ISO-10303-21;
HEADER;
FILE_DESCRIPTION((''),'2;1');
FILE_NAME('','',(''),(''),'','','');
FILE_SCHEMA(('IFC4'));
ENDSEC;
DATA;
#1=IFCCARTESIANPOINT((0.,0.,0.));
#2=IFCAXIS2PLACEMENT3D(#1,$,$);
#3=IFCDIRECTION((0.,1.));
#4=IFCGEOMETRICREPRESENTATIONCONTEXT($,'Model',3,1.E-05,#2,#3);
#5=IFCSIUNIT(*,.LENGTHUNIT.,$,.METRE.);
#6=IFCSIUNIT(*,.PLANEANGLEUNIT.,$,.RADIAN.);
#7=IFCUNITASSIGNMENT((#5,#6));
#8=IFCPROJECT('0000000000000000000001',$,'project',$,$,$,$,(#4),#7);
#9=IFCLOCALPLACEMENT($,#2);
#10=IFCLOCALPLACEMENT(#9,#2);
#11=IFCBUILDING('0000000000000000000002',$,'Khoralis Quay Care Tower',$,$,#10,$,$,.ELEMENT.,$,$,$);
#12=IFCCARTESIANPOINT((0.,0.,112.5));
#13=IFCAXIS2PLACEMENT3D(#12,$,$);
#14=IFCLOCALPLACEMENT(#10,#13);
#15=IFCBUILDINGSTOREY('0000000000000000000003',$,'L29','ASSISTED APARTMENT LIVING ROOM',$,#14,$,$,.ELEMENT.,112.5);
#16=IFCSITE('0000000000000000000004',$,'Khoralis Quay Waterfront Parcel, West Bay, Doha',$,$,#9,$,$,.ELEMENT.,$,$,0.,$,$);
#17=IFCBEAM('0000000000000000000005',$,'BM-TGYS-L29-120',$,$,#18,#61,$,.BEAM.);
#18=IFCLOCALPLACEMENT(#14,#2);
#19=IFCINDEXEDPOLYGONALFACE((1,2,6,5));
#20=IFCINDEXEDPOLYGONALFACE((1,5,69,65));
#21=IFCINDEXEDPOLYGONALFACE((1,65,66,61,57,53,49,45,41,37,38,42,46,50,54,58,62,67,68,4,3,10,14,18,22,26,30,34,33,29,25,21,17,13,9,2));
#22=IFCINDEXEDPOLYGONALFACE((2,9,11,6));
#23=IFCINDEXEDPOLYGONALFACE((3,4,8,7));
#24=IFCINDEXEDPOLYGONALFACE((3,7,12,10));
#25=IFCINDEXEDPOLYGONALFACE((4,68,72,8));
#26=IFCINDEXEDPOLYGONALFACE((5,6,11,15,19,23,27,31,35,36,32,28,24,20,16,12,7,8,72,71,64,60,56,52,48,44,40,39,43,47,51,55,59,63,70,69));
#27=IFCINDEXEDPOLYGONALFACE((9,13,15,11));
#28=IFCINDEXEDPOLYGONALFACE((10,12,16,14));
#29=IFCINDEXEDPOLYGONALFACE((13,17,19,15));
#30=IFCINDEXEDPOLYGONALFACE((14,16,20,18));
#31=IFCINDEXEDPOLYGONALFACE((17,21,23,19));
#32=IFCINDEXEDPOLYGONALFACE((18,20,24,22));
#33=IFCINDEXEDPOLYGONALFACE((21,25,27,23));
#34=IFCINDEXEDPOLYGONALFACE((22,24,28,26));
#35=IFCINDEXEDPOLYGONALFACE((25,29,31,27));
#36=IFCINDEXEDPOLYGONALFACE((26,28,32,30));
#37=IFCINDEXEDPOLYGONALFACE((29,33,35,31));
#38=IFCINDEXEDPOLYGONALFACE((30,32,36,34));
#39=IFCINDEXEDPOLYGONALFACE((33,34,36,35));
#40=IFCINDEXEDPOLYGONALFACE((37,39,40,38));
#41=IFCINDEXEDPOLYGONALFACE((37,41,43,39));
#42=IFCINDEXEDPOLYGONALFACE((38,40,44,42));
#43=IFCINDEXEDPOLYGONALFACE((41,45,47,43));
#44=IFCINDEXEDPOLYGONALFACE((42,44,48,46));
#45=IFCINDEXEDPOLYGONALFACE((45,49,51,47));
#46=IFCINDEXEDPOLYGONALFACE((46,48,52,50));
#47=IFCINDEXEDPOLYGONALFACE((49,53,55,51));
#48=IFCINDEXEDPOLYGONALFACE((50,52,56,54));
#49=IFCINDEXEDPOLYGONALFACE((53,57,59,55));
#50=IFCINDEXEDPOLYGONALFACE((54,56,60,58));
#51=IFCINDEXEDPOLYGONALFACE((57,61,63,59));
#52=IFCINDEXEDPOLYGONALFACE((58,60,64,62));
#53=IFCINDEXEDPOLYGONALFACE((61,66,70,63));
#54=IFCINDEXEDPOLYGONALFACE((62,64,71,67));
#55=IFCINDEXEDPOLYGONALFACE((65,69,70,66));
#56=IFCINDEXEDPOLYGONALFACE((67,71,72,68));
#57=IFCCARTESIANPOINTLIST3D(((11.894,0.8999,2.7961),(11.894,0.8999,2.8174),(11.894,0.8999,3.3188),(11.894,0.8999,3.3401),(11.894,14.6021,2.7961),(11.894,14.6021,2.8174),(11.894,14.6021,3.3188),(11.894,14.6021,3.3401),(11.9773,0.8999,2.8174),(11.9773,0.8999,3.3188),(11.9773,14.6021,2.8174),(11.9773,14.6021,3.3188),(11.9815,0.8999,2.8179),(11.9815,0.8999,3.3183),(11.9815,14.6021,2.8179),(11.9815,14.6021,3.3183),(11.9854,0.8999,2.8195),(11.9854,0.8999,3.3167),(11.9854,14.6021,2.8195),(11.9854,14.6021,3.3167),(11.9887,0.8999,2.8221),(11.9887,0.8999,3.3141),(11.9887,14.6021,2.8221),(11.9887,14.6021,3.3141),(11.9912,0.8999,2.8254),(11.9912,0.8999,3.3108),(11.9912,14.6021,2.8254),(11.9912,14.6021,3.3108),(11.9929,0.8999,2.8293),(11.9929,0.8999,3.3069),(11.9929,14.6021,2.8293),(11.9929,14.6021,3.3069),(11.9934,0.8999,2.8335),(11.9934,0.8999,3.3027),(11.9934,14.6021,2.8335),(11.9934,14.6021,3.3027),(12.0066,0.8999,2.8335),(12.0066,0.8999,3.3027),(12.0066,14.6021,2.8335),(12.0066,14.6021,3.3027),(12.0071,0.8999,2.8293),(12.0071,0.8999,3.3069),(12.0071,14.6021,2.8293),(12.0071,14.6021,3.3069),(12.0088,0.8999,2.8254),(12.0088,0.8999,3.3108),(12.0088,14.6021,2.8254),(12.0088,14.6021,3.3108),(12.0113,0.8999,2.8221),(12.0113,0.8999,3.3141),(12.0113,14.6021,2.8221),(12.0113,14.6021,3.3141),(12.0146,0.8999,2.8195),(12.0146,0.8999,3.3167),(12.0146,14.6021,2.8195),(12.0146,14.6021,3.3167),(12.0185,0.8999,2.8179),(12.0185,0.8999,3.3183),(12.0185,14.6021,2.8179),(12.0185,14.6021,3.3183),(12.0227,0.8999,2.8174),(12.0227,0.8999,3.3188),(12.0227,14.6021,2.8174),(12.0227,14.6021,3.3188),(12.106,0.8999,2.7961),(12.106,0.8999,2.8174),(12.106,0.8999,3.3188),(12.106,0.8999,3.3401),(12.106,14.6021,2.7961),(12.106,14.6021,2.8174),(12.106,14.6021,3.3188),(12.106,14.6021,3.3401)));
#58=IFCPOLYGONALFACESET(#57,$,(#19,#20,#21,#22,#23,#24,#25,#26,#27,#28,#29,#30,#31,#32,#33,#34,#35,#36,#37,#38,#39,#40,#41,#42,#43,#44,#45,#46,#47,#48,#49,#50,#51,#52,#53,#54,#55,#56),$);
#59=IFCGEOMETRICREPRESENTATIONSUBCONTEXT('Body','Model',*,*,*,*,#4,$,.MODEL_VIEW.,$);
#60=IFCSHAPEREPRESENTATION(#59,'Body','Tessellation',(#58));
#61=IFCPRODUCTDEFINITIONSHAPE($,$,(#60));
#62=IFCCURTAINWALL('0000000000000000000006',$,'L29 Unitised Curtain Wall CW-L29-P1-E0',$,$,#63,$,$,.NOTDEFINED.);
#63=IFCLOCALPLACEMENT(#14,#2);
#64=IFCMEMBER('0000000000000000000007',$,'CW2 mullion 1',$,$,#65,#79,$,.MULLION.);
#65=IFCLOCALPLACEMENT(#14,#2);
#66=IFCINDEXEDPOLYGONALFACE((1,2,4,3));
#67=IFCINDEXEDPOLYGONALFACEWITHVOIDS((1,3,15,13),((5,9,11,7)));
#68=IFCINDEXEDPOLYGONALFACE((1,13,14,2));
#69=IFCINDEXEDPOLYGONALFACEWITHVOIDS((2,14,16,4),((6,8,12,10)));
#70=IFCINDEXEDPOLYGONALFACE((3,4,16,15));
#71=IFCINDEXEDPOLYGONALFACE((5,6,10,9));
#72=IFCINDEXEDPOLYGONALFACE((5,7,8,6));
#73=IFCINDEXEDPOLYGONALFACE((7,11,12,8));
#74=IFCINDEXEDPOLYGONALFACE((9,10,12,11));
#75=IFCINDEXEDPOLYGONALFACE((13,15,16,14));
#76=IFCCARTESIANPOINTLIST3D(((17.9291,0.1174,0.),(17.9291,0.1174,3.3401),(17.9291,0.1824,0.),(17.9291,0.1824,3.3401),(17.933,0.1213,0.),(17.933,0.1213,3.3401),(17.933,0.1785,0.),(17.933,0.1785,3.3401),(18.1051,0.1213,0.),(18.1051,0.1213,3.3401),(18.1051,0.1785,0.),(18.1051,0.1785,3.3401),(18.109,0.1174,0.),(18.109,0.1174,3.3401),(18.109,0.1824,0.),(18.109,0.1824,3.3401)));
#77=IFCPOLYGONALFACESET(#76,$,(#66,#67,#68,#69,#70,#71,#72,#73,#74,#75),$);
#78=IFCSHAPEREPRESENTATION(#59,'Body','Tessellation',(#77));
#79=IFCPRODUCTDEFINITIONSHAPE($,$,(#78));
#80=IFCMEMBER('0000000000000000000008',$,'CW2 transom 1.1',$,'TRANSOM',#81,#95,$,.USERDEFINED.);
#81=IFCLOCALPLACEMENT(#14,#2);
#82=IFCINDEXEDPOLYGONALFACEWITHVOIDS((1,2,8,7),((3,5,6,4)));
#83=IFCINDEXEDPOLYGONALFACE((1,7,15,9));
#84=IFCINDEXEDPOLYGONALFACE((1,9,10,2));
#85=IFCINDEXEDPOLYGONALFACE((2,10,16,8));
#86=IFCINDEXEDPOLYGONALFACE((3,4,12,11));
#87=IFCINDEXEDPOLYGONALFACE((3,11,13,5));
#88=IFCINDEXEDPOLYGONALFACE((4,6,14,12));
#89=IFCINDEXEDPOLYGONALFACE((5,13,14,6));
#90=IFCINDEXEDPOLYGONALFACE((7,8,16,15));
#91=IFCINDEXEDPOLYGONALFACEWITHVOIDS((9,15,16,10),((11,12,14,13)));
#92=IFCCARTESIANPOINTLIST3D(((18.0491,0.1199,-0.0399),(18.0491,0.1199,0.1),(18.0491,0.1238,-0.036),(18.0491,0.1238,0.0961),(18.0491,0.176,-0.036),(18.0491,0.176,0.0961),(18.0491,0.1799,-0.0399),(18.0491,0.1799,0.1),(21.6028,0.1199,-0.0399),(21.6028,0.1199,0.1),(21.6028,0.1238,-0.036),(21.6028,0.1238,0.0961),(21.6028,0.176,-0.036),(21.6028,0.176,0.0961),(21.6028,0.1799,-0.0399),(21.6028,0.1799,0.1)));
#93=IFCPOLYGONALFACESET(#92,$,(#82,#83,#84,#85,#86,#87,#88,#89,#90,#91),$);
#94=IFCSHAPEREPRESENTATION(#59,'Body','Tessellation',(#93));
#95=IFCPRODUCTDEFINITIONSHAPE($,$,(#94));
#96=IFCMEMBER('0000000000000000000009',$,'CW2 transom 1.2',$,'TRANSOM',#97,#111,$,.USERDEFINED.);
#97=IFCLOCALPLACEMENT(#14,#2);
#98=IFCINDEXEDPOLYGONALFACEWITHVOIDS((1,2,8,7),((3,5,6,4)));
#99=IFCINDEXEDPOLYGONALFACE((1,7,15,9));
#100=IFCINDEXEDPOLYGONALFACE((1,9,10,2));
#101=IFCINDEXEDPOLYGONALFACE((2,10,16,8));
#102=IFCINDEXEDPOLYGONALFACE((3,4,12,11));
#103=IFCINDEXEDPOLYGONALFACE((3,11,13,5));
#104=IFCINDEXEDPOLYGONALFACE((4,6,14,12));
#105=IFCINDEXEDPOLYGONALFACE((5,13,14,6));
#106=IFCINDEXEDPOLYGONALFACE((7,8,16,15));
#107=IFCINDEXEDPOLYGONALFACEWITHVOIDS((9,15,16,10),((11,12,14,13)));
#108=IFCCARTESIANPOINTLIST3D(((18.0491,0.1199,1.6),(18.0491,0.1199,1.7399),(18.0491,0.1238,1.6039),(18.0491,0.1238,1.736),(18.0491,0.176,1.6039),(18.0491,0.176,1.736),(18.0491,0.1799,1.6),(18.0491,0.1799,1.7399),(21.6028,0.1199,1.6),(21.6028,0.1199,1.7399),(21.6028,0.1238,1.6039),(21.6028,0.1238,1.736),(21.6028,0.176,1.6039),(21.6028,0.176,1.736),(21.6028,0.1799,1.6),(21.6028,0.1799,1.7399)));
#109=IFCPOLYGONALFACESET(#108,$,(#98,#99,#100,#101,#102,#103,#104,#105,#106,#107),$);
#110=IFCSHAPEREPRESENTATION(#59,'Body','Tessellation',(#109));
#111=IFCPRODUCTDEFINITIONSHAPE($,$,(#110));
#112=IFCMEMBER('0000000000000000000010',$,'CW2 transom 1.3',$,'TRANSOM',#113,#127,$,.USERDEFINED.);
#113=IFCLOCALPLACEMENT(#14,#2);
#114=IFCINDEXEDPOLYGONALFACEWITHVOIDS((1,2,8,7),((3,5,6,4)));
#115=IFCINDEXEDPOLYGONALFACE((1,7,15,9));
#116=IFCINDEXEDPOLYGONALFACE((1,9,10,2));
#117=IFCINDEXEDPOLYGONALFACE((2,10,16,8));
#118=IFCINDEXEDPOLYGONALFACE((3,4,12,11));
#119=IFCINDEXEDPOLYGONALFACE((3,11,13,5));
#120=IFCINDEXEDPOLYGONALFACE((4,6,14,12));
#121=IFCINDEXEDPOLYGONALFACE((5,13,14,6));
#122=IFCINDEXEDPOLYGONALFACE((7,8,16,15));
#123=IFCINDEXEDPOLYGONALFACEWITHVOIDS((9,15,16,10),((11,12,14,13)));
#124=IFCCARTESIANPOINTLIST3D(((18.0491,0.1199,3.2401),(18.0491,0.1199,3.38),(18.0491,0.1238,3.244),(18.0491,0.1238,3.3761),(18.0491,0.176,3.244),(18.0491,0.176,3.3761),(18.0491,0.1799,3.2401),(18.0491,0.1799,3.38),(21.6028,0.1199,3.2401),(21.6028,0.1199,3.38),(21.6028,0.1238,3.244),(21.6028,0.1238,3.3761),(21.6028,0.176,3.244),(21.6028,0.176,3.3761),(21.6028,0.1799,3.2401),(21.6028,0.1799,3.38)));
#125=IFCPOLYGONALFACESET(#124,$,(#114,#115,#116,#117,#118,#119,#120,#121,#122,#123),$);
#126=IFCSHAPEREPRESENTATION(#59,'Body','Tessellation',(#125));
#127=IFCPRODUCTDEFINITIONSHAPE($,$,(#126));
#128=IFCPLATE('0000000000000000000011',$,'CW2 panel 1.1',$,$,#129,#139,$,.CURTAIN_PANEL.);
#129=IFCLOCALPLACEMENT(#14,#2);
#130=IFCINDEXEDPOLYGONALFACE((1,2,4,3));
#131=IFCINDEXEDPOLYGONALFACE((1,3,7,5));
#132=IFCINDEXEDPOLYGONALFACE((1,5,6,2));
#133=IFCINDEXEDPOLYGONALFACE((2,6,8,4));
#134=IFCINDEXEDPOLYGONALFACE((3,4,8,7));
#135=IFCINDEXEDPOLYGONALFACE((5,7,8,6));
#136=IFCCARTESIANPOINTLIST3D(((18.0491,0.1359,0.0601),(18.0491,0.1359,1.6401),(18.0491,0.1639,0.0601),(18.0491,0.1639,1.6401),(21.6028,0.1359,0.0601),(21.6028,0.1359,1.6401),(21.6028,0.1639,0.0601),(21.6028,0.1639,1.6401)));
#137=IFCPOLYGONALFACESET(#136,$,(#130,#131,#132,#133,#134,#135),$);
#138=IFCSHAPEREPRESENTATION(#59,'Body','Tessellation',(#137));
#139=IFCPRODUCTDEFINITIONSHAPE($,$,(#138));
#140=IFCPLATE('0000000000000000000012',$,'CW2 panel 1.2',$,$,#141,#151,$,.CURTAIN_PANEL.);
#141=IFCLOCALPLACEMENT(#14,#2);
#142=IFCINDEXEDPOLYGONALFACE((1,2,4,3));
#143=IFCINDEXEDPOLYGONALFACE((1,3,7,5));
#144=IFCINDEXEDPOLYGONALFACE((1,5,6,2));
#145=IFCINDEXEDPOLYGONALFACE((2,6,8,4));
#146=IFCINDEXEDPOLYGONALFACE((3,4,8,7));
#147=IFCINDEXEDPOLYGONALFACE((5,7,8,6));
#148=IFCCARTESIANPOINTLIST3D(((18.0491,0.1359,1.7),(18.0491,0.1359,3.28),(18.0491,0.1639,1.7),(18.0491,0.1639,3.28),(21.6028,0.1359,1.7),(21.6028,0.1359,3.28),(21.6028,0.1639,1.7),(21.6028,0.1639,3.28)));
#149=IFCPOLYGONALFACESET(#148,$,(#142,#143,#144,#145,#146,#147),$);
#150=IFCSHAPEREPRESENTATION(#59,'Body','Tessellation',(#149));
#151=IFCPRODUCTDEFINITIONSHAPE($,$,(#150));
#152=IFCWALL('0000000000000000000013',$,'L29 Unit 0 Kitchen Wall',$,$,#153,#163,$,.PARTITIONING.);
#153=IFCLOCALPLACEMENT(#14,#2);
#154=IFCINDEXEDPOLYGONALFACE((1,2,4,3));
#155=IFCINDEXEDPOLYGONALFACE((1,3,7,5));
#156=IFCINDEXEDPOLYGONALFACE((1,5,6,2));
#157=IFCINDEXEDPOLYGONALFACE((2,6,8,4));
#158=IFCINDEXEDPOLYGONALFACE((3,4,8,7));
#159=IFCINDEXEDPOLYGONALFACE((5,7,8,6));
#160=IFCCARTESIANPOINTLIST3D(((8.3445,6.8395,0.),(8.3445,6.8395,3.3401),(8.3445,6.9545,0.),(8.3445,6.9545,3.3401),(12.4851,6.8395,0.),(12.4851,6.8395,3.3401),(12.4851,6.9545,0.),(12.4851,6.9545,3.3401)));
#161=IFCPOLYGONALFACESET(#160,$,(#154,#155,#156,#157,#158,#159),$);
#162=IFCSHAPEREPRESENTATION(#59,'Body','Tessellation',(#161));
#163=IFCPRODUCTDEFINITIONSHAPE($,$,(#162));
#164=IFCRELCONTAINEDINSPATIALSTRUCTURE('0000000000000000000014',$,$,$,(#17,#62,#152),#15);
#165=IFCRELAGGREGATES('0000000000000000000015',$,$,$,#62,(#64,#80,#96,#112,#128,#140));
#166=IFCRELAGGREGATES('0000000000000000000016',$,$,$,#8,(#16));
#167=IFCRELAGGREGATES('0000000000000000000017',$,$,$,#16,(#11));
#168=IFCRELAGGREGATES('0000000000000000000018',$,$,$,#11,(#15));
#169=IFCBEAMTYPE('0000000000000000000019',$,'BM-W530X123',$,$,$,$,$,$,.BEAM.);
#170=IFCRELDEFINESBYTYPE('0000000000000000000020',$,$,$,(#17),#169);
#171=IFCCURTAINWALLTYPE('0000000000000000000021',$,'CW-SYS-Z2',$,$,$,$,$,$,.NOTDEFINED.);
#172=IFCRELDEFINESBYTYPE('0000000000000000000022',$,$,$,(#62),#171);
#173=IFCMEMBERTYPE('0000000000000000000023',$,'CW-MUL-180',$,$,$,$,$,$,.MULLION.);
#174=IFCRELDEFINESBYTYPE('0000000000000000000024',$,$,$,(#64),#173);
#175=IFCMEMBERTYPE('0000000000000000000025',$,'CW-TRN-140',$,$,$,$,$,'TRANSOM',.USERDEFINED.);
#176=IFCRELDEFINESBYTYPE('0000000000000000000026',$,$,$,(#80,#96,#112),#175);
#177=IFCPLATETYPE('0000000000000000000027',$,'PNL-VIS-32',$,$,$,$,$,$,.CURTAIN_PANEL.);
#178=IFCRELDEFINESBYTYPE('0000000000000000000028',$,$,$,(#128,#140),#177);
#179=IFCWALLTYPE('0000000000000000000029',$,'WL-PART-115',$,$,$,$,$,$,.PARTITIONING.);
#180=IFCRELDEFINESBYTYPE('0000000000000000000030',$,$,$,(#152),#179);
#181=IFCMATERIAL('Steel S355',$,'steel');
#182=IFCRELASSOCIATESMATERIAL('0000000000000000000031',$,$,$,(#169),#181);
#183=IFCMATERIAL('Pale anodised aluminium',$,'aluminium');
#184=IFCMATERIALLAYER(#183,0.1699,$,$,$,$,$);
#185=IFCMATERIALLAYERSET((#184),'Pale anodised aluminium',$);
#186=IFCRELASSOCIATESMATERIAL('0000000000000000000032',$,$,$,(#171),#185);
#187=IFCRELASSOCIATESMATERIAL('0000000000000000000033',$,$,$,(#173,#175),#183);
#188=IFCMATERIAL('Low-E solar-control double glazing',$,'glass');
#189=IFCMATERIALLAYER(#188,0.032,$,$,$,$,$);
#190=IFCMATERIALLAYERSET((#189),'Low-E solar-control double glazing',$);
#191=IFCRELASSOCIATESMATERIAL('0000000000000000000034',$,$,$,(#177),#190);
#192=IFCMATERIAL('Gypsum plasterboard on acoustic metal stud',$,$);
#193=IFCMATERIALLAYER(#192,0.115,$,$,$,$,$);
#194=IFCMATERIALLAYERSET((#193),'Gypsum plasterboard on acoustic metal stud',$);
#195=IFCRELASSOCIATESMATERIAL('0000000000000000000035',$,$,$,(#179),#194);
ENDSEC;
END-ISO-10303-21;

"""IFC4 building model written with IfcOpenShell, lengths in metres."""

from ifc_helpers import new_model, si_unit, direction, frame, frame_2d, origin, origin_2d, place, context, subcontext, project, spatial, rectangle, hollow_rectangle, i_section, extrude, source, transform, mapped, material, layer, layer_set, material_profile, profile_set, type_object, element, aggregate, save


model = new_model("IFC4")

# Units and contexts
model_context = context("Model", 3, precision=1e-05, world=origin(), true_north=direction((0.0, 1.0)))
body_context = subcontext(model_context, "Body", "Model", "MODEL_VIEW")
ifc_project = project(units=[si_unit("LENGTHUNIT", "METRE"), si_unit("PLANEANGLEUNIT", "RADIAN")], contexts=[model_context])

# Site, building, storey
site_placement = place(None, origin())
site = spatial("IfcSite", under=ifc_project, at=site_placement, Name="Khoralis Quay Waterfront Parcel, West Bay, Doha", CompositionType="ELEMENT", RefElevation=0.0)
building_placement = place(site_placement, origin())
building = spatial("IfcBuilding", under=site, at=building_placement, Name="Khoralis Quay Care Tower", CompositionType="ELEMENT")
storey_placement = place(building_placement, frame((0.0, 0.0, 112.5)))
storey = spatial("IfcBuildingStorey", under=building, at=storey_placement, Name="L29", Description="ASSISTED APARTMENT LIVING ROOM", CompositionType="ELEMENT", Elevation=112.5)

# Beam
ifc_material_1 = material(Name="Steel S355", Category="steel")
ifc_material_profile_1 = material_profile(ifc_material_1, i_section(OverallWidth=0.2119, OverallDepth=0.5439, WebThickness=0.0132, FlangeThickness=0.0212, FilletRadius=0.0161, at=origin_2d()), Name="Steel S355")
ifc_profile_set_1 = profile_set([ifc_material_profile_1], Name="Steel S355")
beam_type_1 = type_object("IfcBeamType", Name="BM-W530X123", PredefinedType="BEAM", material=ifc_profile_set_1)
shared_shape_1 = source(origin(), body_context, "Body", "SweptSolid", [
    extrude(i_section(OverallWidth=0.2119, OverallDepth=0.5439, WebThickness=0.0132, FlangeThickness=0.0212, FilletRadius=0.0161, at=origin_2d()), origin(), (0.0, 0.0, 1.0), 13.7021),
])
beam_1_placement = place(storey_placement, frame((12.0, 0.8999, 3.0681), z_axis=(0.0, 1.0, 0.0), x_axis=(-1.0, 0.0, 0.0)))
element("IfcBeam", 1, at=beam_1_placement, inside=storey, type_object=beam_type_1, Name="BM-TGYS-L29-120", PredefinedType="BEAM", context=body_context, shape_type="MappedRepresentation", body=[
    mapped(shared_shape_1, transform((0.0, 0.0, 0.0), scale=1.0)),
])

# Curtain wall, members, plates
ifc_material_2 = material(Name="Pale anodised aluminium", Category="aluminium")
ifc_layer_1 = layer(ifc_material_2, 0.1699)
ifc_layer_set_1 = layer_set([ifc_layer_1], Name="Pale anodised aluminium")
curtain_wall_type = type_object("IfcCurtainWallType", Name="CW-SYS-Z2", PredefinedType="NOTDEFINED", material=ifc_layer_set_1)
curtain_wall_placement = place(storey_placement, origin())
curtain_wall = element("IfcCurtainWall", 2, at=curtain_wall_placement, inside=storey, type_object=curtain_wall_type, Name="L29 Unitised Curtain Wall CW-L29-P1-E0", PredefinedType="NOTDEFINED")
ifc_material_profile_2 = material_profile(ifc_material_2, hollow_rectangle(XDim=0.0649, YDim=0.1799, WallThickness=0.0039, at=origin_2d()), Name="Pale anodised aluminium")
ifc_profile_set_2 = profile_set([ifc_material_profile_2], Name="Pale anodised aluminium")
member_type_1 = type_object("IfcMemberType", Name="CW-MUL-180", PredefinedType="MULLION", material=ifc_profile_set_2)
shared_shape_2 = source(origin(), body_context, "Body", "SweptSolid", [
    extrude(hollow_rectangle(XDim=0.0649, YDim=0.1799, WallThickness=0.0039, at=origin_2d()), origin(), (0.0, 0.0, 1.0), 3.3401),
])
member_1_placement = place(storey_placement, frame((18.019, 0.1499, 0.0), z_axis=(0.0, 0.0, 1.0), x_axis=(0.0, 1.0, 0.0)))
member_1 = element("IfcMember", 3, at=member_1_placement, type_object=member_type_1, Name="CW2 mullion 1", PredefinedType="MULLION", context=body_context, shape_type="MappedRepresentation", body=[
    mapped(shared_shape_2, transform((0.0, 0.0, 0.0), scale=1.0)),
])
ifc_material_profile_3 = material_profile(ifc_material_2, hollow_rectangle(XDim=0.0601, YDim=0.1399, WallThickness=0.0039, at=origin_2d()), Name="Pale anodised aluminium")
ifc_profile_set_3 = profile_set([ifc_material_profile_3], Name="Pale anodised aluminium")
member_type_2 = type_object("IfcMemberType", Name="CW-TRN-140", ElementType="TRANSOM", PredefinedType="USERDEFINED", material=ifc_profile_set_3)
shared_shape_3 = source(origin(), body_context, "Body", "SweptSolid", [
    extrude(hollow_rectangle(XDim=0.0601, YDim=0.1399, WallThickness=0.0039, at=origin_2d()), origin(), (0.0, 0.0, 1.0), 3.5537),
])
member_2_placement = place(storey_placement, frame((18.0491, 0.1499, 0.03), z_axis=(1.0, 0.0, 0.0), x_axis=(0.0, 1.0, 0.0)))
member_2 = element("IfcMember", 4, at=member_2_placement, type_object=member_type_2, Name="CW2 transom 1.1", ObjectType="TRANSOM", PredefinedType="USERDEFINED", context=body_context, shape_type="MappedRepresentation", body=[
    mapped(shared_shape_3, transform((0.0, 0.0, 0.0), scale=1.0)),
])
member_3_placement = place(storey_placement, frame((18.0491, 0.1499, 1.6699), z_axis=(1.0, 0.0, 0.0), x_axis=(0.0, 1.0, 0.0)))
member_3 = element("IfcMember", 5, at=member_3_placement, type_object=member_type_2, Name="CW2 transom 1.2", ObjectType="TRANSOM", PredefinedType="USERDEFINED", context=body_context, shape_type="MappedRepresentation", body=[
    mapped(shared_shape_3, transform((0.0, 0.0, 0.0), scale=1.0)),
])
member_4_placement = place(storey_placement, frame((18.0491, 0.1499, 3.3101), z_axis=(1.0, 0.0, 0.0), x_axis=(0.0, 1.0, 0.0)))
member_4 = element("IfcMember", 6, at=member_4_placement, type_object=member_type_2, Name="CW2 transom 1.3", ObjectType="TRANSOM", PredefinedType="USERDEFINED", context=body_context, shape_type="MappedRepresentation", body=[
    mapped(shared_shape_3, transform((0.0, 0.0, 0.0), scale=1.0)),
])
ifc_material_3 = material(Name="Low-E solar-control double glazing", Category="glass")
ifc_layer_2 = layer(ifc_material_3, 0.032)
ifc_layer_set_2 = layer_set([ifc_layer_2], Name="Low-E solar-control double glazing")
plate_type = type_object("IfcPlateType", Name="PNL-VIS-32", PredefinedType="CURTAIN_PANEL", material=ifc_layer_set_2)
shared_shape_4 = source(origin(), body_context, "Body", "SweptSolid", [
    extrude(rectangle(XDim=3.5537, YDim=0.0281, at=origin_2d()), origin(), (0.0, 0.0, 1.0), 1.5801),
])
plate_1_placement = place(storey_placement, frame((19.8259, 0.1499, 0.0601), z_axis=(0.0, 0.0, 1.0), x_axis=(1.0, 0.0, 0.0)))
plate_1 = element("IfcPlate", 7, at=plate_1_placement, type_object=plate_type, Name="CW2 panel 1.1", PredefinedType="CURTAIN_PANEL", context=body_context, shape_type="MappedRepresentation", body=[
    mapped(shared_shape_4, transform((0.0, 0.0, 0.0), scale=1.0)),
])
plate_2_placement = place(storey_placement, frame((19.8259, 0.1499, 1.7), z_axis=(0.0, 0.0, 1.0), x_axis=(1.0, 0.0, 0.0)))
plate_2 = element("IfcPlate", 8, at=plate_2_placement, type_object=plate_type, Name="CW2 panel 1.2", PredefinedType="CURTAIN_PANEL", context=body_context, shape_type="MappedRepresentation", body=[
    mapped(shared_shape_4, transform((0.0, 0.0, 0.0), scale=1.0)),
])
aggregate(curtain_wall, [member_1, member_2, member_3, member_4, plate_1, plate_2])

# Wall
ifc_material_4 = material(Name="Gypsum plasterboard on acoustic metal stud")
ifc_layer_3 = layer(ifc_material_4, 0.115)
ifc_layer_set_3 = layer_set([ifc_layer_3], Name="Gypsum plasterboard on acoustic metal stud")
wall_type_1 = type_object("IfcWallType", Name="WL-PART-115", PredefinedType="PARTITIONING", material=ifc_layer_set_3)
wall_1_placement = place(storey_placement, frame((8.3445, 6.897, 0.0), z_axis=(0.0, 0.0, 1.0), x_axis=(1.0, 0.0, 0.0)))
element("IfcWall", 9, at=wall_1_placement, inside=storey, type_object=wall_type_1, Name="L29 Unit 0 Kitchen Wall", PredefinedType="PARTITIONING", context=body_context, shape_type="SweptSolid", body=[
    extrude(rectangle(XDim=4.1406, YDim=0.115, at=frame_2d((2.0703, 0.0))), origin(), (0.0, 0.0, 1.0), 3.3401),
])

save(model, "model.ifc")
